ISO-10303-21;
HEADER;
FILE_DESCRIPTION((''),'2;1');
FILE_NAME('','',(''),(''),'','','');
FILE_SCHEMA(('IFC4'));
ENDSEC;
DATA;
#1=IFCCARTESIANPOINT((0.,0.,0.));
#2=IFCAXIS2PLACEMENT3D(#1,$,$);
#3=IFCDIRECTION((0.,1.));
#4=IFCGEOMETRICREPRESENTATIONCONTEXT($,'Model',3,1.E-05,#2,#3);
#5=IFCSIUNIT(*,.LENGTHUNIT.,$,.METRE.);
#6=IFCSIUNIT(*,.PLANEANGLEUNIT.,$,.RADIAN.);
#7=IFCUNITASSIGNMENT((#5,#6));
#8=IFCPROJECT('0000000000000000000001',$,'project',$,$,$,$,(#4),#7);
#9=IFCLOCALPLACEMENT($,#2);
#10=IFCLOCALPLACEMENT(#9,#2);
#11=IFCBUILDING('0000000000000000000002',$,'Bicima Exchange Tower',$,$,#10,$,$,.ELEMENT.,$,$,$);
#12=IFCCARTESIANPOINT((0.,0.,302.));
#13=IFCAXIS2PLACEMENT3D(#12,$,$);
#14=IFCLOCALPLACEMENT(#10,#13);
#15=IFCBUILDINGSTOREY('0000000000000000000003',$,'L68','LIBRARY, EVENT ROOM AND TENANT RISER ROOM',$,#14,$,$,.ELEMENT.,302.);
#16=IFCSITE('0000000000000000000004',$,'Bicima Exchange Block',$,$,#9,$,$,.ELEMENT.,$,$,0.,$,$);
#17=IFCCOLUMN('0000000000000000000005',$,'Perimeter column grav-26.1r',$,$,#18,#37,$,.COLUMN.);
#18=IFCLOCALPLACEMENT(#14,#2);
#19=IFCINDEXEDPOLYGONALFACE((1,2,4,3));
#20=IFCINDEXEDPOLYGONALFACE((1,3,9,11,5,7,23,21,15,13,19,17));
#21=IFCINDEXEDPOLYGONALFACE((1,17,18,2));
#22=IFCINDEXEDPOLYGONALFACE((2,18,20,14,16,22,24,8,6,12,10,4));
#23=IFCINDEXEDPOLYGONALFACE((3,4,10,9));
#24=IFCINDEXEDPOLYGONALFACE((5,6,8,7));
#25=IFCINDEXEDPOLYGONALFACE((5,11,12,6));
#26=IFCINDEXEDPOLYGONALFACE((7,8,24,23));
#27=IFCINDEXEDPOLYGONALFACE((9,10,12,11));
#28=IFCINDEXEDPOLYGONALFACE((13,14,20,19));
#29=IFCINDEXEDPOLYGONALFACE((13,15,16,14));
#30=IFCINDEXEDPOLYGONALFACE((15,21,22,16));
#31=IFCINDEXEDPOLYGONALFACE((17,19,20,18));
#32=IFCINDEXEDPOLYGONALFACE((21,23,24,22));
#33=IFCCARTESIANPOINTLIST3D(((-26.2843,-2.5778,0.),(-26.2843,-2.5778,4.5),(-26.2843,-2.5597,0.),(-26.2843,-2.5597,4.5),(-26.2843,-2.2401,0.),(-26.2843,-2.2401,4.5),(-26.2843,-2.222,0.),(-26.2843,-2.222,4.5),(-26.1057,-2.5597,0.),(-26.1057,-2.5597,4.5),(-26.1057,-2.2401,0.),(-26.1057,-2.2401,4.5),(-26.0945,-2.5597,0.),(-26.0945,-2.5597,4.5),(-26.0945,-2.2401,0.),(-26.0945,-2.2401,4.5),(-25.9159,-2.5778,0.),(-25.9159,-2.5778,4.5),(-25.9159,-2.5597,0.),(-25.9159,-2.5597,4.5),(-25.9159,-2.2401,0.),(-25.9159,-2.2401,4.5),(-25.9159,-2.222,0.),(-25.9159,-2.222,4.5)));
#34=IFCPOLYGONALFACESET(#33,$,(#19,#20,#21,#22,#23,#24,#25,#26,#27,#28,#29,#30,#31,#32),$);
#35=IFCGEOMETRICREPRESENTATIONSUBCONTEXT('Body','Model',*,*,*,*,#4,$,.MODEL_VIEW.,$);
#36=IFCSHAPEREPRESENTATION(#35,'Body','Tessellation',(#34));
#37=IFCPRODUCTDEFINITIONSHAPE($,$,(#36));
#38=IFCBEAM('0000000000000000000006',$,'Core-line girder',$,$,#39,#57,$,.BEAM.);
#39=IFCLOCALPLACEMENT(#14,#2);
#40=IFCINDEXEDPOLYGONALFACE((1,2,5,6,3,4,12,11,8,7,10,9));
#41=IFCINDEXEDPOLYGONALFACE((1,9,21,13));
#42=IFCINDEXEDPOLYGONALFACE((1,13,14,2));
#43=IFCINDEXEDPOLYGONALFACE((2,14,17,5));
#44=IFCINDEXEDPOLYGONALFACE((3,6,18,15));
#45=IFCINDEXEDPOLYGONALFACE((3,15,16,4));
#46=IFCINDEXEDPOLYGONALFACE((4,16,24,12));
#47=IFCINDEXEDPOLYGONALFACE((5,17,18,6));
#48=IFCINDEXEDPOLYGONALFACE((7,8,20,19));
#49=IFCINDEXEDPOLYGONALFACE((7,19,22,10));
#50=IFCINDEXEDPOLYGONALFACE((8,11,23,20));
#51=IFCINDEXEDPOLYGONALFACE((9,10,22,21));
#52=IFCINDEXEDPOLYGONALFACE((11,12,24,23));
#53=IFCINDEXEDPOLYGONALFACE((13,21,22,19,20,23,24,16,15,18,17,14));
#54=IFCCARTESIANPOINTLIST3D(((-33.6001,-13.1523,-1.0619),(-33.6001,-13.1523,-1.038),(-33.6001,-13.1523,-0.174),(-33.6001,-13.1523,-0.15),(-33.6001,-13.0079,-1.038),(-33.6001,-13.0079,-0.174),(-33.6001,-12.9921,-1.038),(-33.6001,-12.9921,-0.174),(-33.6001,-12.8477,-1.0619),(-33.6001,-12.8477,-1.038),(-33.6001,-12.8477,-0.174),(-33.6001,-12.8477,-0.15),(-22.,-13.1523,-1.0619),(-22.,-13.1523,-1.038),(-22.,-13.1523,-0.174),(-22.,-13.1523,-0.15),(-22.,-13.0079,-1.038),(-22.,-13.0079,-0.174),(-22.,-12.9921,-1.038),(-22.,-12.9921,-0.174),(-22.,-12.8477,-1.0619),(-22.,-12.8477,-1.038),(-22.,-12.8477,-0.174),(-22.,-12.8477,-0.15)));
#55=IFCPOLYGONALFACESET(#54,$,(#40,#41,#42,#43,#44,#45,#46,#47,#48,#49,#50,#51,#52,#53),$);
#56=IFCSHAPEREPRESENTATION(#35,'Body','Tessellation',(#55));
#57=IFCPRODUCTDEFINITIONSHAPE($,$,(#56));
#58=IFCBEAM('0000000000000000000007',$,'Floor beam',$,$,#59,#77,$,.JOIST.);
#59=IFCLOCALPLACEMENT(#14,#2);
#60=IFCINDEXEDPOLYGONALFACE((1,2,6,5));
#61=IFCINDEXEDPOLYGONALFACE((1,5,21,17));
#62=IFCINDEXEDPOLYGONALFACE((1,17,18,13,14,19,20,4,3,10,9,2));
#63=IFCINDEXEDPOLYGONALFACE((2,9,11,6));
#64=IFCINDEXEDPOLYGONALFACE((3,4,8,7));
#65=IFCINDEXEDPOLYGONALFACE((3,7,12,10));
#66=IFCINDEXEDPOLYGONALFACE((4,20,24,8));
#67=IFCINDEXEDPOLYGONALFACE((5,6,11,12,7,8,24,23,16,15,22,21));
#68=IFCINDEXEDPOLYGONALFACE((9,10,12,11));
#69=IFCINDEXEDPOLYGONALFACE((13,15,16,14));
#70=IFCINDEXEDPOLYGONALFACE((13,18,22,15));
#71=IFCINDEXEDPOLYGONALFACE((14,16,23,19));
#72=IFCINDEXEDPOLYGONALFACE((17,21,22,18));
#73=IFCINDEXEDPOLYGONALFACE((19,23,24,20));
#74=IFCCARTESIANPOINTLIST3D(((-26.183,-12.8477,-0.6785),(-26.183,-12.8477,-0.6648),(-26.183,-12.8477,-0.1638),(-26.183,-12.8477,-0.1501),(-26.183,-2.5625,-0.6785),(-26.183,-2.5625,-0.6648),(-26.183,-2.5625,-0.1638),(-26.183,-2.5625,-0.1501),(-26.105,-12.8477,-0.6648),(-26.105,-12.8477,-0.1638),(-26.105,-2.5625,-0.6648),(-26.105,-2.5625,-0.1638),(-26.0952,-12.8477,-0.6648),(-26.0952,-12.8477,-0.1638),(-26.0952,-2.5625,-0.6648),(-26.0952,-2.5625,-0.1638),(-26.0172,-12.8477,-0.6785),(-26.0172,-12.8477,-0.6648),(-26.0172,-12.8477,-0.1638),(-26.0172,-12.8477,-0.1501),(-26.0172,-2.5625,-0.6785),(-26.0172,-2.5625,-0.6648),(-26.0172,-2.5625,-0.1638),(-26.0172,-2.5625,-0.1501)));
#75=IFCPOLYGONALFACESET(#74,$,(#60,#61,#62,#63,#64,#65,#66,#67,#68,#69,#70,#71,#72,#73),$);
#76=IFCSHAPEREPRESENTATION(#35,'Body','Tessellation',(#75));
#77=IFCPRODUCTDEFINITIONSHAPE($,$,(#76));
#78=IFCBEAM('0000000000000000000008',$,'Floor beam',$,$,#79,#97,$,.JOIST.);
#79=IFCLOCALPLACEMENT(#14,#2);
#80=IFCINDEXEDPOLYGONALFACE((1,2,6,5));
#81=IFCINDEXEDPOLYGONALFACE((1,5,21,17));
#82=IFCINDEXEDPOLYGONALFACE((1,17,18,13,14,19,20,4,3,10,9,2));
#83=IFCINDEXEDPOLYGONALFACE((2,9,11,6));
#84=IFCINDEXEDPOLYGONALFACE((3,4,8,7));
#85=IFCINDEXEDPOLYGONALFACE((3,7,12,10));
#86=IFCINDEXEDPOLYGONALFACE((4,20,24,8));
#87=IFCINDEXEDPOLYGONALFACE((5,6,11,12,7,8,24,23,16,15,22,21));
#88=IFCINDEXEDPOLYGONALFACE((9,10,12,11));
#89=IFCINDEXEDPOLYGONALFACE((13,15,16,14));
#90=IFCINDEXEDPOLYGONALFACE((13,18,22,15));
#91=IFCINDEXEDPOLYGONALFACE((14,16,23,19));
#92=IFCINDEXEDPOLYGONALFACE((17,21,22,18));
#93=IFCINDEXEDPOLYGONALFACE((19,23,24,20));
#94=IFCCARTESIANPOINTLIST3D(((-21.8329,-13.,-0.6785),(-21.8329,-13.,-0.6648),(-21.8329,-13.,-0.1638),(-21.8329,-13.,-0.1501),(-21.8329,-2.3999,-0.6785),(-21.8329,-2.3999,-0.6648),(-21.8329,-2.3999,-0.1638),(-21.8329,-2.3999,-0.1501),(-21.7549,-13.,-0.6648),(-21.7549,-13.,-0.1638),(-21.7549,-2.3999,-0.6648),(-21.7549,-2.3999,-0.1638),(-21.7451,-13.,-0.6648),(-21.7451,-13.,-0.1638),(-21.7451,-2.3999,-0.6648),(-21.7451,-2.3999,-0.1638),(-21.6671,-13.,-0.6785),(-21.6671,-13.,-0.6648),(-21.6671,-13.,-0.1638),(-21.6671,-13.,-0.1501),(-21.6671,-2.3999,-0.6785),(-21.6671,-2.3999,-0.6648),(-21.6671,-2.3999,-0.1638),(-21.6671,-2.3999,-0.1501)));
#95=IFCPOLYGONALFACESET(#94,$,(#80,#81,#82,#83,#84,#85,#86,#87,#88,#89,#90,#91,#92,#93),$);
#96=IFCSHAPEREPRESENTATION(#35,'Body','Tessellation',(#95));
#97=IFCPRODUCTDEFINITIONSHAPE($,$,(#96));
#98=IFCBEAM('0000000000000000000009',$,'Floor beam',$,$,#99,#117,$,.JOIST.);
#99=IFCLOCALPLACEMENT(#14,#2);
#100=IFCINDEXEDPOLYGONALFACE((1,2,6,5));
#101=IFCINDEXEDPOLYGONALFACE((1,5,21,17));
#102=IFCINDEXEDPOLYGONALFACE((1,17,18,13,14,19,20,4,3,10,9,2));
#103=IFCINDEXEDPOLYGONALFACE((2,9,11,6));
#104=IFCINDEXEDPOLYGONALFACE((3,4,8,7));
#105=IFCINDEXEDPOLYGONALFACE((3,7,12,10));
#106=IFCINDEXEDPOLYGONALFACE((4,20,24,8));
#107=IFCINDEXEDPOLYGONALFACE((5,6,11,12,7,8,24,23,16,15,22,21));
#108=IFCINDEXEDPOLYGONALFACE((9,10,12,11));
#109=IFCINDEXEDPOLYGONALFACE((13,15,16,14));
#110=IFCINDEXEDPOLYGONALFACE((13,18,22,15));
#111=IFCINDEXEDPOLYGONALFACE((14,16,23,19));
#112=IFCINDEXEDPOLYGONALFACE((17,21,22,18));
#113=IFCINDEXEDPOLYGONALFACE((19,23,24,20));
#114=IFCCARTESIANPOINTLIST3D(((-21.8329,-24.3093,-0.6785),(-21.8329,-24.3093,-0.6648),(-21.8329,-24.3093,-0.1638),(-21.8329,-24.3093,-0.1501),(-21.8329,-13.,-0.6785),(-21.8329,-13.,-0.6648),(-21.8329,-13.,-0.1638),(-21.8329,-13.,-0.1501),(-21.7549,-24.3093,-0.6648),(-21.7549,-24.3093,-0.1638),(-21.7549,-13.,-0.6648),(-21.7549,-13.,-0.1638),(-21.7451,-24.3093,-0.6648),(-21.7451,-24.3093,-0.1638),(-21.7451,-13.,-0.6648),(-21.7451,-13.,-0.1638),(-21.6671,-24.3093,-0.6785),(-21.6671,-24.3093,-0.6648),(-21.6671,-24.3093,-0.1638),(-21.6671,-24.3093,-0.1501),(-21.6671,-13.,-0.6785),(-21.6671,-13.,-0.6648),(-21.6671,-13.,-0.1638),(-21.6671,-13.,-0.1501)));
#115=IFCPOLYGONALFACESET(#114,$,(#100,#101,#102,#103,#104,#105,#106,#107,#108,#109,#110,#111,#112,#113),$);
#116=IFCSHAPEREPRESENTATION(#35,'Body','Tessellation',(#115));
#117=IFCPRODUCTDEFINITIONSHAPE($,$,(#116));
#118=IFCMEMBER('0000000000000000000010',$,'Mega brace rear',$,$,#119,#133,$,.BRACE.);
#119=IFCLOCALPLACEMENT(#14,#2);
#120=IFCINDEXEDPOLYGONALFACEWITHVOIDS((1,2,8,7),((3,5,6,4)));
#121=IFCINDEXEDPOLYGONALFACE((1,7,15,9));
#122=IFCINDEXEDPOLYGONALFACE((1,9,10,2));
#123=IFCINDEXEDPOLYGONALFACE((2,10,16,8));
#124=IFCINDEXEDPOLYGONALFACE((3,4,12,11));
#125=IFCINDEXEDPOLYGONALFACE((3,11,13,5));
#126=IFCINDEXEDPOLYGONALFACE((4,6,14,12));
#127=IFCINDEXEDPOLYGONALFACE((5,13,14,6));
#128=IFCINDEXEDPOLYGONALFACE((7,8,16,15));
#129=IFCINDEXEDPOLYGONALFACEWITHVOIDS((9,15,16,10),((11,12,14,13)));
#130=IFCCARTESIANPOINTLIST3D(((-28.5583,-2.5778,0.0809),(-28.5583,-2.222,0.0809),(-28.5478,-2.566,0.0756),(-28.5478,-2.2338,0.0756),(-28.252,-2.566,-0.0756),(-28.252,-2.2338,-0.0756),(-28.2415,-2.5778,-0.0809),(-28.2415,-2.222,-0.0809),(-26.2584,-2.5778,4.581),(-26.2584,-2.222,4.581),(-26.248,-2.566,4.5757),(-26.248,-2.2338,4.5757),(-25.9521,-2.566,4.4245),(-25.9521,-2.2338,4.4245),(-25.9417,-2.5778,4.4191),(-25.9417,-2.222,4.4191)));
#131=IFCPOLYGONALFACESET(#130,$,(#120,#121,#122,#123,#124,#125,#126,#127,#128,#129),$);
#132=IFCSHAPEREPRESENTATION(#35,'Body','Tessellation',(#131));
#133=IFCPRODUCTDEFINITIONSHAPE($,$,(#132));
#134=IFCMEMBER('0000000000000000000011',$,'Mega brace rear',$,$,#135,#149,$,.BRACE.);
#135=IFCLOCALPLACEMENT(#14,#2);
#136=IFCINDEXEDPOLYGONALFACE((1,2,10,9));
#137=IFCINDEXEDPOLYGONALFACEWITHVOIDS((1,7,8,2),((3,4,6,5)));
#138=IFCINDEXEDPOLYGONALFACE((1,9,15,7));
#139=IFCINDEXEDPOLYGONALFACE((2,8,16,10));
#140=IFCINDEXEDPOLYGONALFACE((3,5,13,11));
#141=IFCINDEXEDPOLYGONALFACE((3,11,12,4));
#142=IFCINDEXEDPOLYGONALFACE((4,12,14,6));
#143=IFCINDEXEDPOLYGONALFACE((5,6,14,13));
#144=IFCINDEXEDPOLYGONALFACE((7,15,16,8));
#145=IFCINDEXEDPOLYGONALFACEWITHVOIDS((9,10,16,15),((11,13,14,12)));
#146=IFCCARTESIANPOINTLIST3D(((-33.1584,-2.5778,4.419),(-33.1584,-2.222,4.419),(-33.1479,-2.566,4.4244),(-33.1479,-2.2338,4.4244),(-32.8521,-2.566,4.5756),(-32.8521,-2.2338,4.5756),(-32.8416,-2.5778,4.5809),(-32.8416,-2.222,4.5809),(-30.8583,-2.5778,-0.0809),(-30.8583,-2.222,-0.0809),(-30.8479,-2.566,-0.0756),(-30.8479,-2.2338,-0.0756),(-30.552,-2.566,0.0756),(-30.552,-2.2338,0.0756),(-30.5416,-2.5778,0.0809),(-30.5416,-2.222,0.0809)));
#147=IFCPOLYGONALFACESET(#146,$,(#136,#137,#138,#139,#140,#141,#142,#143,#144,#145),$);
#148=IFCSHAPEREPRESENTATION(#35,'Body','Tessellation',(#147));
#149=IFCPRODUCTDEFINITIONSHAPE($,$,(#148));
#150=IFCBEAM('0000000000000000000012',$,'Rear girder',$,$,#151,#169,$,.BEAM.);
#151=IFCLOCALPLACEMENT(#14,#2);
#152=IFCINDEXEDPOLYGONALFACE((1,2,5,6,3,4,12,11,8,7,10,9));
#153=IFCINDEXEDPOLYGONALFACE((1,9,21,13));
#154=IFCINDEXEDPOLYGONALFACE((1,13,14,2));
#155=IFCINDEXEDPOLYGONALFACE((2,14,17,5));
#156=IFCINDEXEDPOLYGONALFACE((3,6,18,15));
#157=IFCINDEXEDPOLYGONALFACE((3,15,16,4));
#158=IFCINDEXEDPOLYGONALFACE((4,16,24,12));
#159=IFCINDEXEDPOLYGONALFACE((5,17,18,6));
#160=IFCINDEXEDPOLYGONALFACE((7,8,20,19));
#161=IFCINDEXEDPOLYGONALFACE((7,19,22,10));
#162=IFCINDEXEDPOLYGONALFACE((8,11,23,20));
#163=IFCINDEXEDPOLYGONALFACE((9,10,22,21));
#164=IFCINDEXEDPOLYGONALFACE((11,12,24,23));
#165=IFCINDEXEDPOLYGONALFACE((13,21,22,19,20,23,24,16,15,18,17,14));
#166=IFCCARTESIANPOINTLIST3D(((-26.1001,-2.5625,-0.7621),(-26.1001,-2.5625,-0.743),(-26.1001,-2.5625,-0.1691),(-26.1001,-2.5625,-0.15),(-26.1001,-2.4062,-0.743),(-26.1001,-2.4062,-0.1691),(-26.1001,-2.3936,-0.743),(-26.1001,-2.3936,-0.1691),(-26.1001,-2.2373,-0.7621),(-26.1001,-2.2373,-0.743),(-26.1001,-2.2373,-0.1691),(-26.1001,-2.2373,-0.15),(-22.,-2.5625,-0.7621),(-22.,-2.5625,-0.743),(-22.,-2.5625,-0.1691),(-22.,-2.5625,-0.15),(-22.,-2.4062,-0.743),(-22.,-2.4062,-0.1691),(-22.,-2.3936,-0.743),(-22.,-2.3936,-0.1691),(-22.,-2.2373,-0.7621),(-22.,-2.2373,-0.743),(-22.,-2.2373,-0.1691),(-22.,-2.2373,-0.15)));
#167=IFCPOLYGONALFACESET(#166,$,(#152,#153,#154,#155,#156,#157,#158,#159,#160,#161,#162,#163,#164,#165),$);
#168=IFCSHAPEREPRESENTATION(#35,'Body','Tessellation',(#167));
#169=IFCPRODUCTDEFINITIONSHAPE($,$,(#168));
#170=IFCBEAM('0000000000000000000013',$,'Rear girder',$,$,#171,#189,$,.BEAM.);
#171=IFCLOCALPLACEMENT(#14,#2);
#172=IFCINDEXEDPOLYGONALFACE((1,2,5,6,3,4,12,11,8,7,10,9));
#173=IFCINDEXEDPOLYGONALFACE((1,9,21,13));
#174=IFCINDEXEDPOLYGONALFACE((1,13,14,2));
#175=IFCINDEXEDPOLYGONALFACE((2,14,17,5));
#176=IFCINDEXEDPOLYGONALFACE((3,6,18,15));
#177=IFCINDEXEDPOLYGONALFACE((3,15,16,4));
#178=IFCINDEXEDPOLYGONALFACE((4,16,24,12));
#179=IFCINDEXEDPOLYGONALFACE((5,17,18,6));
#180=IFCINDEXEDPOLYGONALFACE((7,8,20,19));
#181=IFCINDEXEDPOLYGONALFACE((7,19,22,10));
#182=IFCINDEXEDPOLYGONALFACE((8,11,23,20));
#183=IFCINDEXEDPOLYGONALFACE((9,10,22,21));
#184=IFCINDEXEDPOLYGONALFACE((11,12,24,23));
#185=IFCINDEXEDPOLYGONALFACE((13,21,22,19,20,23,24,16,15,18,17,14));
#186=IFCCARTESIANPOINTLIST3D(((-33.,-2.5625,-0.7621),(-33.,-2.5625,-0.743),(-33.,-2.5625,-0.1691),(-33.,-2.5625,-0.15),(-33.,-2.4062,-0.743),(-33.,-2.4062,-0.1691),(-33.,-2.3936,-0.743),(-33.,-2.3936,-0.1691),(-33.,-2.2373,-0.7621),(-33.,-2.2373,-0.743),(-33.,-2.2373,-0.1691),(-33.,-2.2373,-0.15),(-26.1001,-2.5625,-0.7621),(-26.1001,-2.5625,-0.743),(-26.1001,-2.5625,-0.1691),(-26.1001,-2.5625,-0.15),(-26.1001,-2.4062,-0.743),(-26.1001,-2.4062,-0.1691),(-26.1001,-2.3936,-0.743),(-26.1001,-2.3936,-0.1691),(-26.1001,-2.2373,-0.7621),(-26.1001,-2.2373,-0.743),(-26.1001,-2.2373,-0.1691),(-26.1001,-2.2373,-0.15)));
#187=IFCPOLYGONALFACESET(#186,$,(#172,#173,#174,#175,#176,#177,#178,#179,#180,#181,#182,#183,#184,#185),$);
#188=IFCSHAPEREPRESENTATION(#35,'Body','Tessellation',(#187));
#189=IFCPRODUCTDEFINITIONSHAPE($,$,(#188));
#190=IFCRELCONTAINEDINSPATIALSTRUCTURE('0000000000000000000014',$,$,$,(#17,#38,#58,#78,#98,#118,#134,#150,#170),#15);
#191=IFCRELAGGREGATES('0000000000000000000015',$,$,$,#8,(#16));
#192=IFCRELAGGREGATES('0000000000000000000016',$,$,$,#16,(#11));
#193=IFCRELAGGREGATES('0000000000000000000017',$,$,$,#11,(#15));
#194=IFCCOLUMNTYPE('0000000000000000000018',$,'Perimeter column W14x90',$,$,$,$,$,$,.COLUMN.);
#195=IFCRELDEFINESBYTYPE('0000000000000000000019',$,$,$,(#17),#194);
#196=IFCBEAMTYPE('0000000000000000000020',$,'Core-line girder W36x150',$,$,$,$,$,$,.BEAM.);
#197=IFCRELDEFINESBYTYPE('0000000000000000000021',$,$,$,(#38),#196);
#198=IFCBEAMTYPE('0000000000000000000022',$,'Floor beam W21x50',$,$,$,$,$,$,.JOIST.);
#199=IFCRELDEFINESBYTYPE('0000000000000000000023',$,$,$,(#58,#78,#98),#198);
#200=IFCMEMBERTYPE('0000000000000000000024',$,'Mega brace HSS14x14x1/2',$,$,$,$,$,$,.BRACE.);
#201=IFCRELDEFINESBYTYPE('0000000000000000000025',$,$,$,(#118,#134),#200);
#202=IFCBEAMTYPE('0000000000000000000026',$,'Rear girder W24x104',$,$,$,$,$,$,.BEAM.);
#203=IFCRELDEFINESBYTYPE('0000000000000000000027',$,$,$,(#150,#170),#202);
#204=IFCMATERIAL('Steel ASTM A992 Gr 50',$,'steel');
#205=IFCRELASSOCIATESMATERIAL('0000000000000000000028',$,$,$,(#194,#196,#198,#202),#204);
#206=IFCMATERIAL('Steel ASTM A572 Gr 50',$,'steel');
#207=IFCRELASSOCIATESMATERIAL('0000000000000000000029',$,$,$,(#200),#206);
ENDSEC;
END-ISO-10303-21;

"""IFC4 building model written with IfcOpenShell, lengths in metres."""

from ifc_helpers import new_model, si_unit, direction, frame, origin, origin_2d, place, context, subcontext, project, spatial, hollow_rectangle, i_section, extrude, material, material_profile, profile_set, type_object, element, save


model = new_model("IFC4")

# Units and contexts
model_context = context("Model", 3, precision=1e-05, world=origin(), true_north=direction((0.0, 1.0)))
body_context = subcontext(model_context, "Body", "Model", "MODEL_VIEW")
ifc_project = project(units=[si_unit("LENGTHUNIT", "METRE"), si_unit("PLANEANGLEUNIT", "RADIAN")], contexts=[model_context])

# Site, building, storey
site_placement = place(None, origin())
site = spatial("IfcSite", under=ifc_project, at=site_placement, Name="Bicima Exchange Block", CompositionType="ELEMENT", RefElevation=0.0)
building_placement = place(site_placement, origin())
building = spatial("IfcBuilding", under=site, at=building_placement, Name="Bicima Exchange Tower", CompositionType="ELEMENT")
storey_placement = place(building_placement, frame((0.0, 0.0, 302.0)))
storey = spatial("IfcBuildingStorey", under=building, at=storey_placement, Name="L68", Description="LIBRARY, EVENT ROOM AND TENANT RISER ROOM", CompositionType="ELEMENT", Elevation=302.0)

# Column
ifc_material_1 = material(Name="Steel ASTM A992 Gr 50", Category="steel")
ifc_material_profile_1 = material_profile(ifc_material_1, i_section(OverallWidth=0.3684, OverallDepth=0.3557, WebThickness=0.0112, FlangeThickness=0.0181, at=origin_2d()))
ifc_profile_set_1 = profile_set([ifc_material_profile_1], Name="Steel ASTM A992 Gr 50")
column_type = type_object("IfcColumnType", Name="Perimeter column W14x90", PredefinedType="COLUMN", material=ifc_profile_set_1)
column_placement = place(storey_placement, frame((-26.1001, -2.3999, 0.0), z_axis=(0.0, 0.0, 1.0), x_axis=(1.0, 0.0, 0.0)))
element("IfcColumn", 1, at=column_placement, inside=storey, type_object=column_type, Name="Perimeter column grav-26.1r", PredefinedType="COLUMN", context=body_context, shape_type="SweptSolid", body=[
    extrude(i_section(OverallWidth=0.3684, OverallDepth=0.3557, WebThickness=0.0112, FlangeThickness=0.0181, at=origin_2d()), origin(), (0.0, 0.0, 1.0), 4.5),
])

# Beams
ifc_material_profile_2 = material_profile(ifc_material_1, i_section(OverallWidth=0.3047, OverallDepth=0.9119, WebThickness=0.0159, FlangeThickness=0.0239, at=origin_2d()))
ifc_profile_set_2 = profile_set([ifc_material_profile_2], Name="Steel ASTM A992 Gr 50")
beam_type_1 = type_object("IfcBeamType", Name="Core-line girder W36x150", PredefinedType="BEAM", material=ifc_profile_set_2)
beam_1_placement = place(storey_placement, frame((-22.0, -13.0, -0.606), z_axis=(-1.0, 0.0, 0.0), x_axis=(0.0, -1.0, 0.0)))
element("IfcBeam", 2, at=beam_1_placement, inside=storey, type_object=beam_type_1, Name="Core-line girder", PredefinedType="BEAM", context=body_context, shape_type="SweptSolid", body=[
    extrude(i_section(OverallWidth=0.3047, OverallDepth=0.9119, WebThickness=0.0159, FlangeThickness=0.0239, at=origin_2d()), origin(), (0.0, 0.0, 1.0), 11.6001),
])
ifc_material_profile_3 = material_profile(ifc_material_1, i_section(OverallWidth=0.1658, OverallDepth=0.5283, WebThickness=0.0098, FlangeThickness=0.0137, at=origin_2d()))
ifc_profile_set_3 = profile_set([ifc_material_profile_3], Name="Steel ASTM A992 Gr 50")
beam_type_2 = type_object("IfcBeamType", Name="Floor beam W21x50", PredefinedType="JOIST", material=ifc_profile_set_3)
beam_2_placement = place(storey_placement, frame((-26.1001, -2.5625, -0.4143), z_axis=(0.0, -1.0, 0.0), x_axis=(1.0, 0.0, 0.0)))
element("IfcBeam", 3, at=beam_2_placement, inside=storey, type_object=beam_type_2, Name="Floor beam", PredefinedType="JOIST", context=body_context, shape_type="SweptSolid", body=[
    extrude(i_section(OverallWidth=0.1658, OverallDepth=0.5283, WebThickness=0.0098, FlangeThickness=0.0137, at=origin_2d()), origin(), (0.0, 0.0, 1.0), 10.2852),
])
beam_3_placement = place(storey_placement, frame((-21.75, -2.3999, -0.4143), z_axis=(0.0, -1.0, 0.0), x_axis=(1.0, 0.0, 0.0)))
element("IfcBeam", 4, at=beam_3_placement, inside=storey, type_object=beam_type_2, Name="Floor beam", PredefinedType="JOIST", context=body_context, shape_type="SweptSolid", body=[
    extrude(i_section(OverallWidth=0.1658, OverallDepth=0.5283, WebThickness=0.0098, FlangeThickness=0.0137, at=origin_2d()), origin(), (0.0, 0.0, 1.0), 10.6001),
])
beam_4_placement = place(storey_placement, frame((-21.75, -13.0, -0.4143), z_axis=(0.0, -1.0, 0.0), x_axis=(1.0, 0.0, 0.0)))
element("IfcBeam", 5, at=beam_4_placement, inside=storey, type_object=beam_type_2, Name="Floor beam", PredefinedType="JOIST", context=body_context, shape_type="SweptSolid", body=[
    extrude(i_section(OverallWidth=0.1658, OverallDepth=0.5283, WebThickness=0.0098, FlangeThickness=0.0137, at=origin_2d()), origin(), (0.0, 0.0, 1.0), 11.3093),
])

# Members
ifc_material_2 = material(Name="Steel ASTM A572 Gr 50", Category="steel")
ifc_material_profile_4 = material_profile(ifc_material_2, hollow_rectangle(XDim=0.3557, YDim=0.3557, WallThickness=0.0117, at=origin_2d()))
ifc_profile_set_4 = profile_set([ifc_material_profile_4], Name="Steel ASTM A572 Gr 50")
member_type = type_object("IfcMemberType", Name="Mega brace HSS14x14x1/2", PredefinedType="BRACE", material=ifc_profile_set_4)
for number, where, z_axis, x_axis, name in (
    (6, (-28.3999, -2.3999, 0.0), (0.45508, 0.0, 0.89045), (0.0, 1.0, 0.0), "Mega brace rear"),
    (7, (-30.7, -2.3999, 0.0), (-0.455119, 0.0, 0.890431), (0.0, -1.0, 0.0), "Mega brace rear"),
):
    element("IfcMember", number, at=place(storey_placement, frame(where, z_axis=z_axis, x_axis=x_axis)), inside=storey, type_object=member_type, Name=name, PredefinedType="BRACE", context=body_context, shape_type="SweptSolid", body=[
        extrude(hollow_rectangle(XDim=0.3557, YDim=0.3557, WallThickness=0.0117, at=origin_2d()), origin(), (0.0, 0.0, 1.0), 5.0537),
    ])

# Beams
ifc_material_profile_5 = material_profile(ifc_material_1, i_section(OverallWidth=0.3252, OverallDepth=0.6121, WebThickness=0.0127, FlangeThickness=0.019, at=origin_2d()))
ifc_profile_set_5 = profile_set([ifc_material_profile_5], Name="Steel ASTM A992 Gr 50")
beam_type_3 = type_object("IfcBeamType", Name="Rear girder W24x104", PredefinedType="BEAM", material=ifc_profile_set_5)
beam_5_placement = place(storey_placement, frame((-22.0, -2.3999, -0.4561), z_axis=(-1.0, 0.0, 0.0), x_axis=(0.0, -1.0, 0.0)))
element("IfcBeam", 8, at=beam_5_placement, inside=storey, type_object=beam_type_3, Name="Rear girder", PredefinedType="BEAM", context=body_context, shape_type="SweptSolid", body=[
    extrude(i_section(OverallWidth=0.3252, OverallDepth=0.6121, WebThickness=0.0127, FlangeThickness=0.019, at=origin_2d()), origin(), (0.0, 0.0, 1.0), 4.1001),
])
beam_6_placement = place(storey_placement, frame((-26.1001, -2.3999, -0.4561), z_axis=(-1.0, 0.0, 0.0), x_axis=(0.0, -1.0, 0.0)))
element("IfcBeam", 9, at=beam_6_placement, inside=storey, type_object=beam_type_3, Name="Rear girder", PredefinedType="BEAM", context=body_context, shape_type="SweptSolid", body=[
    extrude(i_section(OverallWidth=0.3252, OverallDepth=0.6121, WebThickness=0.0127, FlangeThickness=0.019, at=origin_2d()), origin(), (0.0, 0.0, 1.0), 6.8999),
])

save(model, "model.ifc")
